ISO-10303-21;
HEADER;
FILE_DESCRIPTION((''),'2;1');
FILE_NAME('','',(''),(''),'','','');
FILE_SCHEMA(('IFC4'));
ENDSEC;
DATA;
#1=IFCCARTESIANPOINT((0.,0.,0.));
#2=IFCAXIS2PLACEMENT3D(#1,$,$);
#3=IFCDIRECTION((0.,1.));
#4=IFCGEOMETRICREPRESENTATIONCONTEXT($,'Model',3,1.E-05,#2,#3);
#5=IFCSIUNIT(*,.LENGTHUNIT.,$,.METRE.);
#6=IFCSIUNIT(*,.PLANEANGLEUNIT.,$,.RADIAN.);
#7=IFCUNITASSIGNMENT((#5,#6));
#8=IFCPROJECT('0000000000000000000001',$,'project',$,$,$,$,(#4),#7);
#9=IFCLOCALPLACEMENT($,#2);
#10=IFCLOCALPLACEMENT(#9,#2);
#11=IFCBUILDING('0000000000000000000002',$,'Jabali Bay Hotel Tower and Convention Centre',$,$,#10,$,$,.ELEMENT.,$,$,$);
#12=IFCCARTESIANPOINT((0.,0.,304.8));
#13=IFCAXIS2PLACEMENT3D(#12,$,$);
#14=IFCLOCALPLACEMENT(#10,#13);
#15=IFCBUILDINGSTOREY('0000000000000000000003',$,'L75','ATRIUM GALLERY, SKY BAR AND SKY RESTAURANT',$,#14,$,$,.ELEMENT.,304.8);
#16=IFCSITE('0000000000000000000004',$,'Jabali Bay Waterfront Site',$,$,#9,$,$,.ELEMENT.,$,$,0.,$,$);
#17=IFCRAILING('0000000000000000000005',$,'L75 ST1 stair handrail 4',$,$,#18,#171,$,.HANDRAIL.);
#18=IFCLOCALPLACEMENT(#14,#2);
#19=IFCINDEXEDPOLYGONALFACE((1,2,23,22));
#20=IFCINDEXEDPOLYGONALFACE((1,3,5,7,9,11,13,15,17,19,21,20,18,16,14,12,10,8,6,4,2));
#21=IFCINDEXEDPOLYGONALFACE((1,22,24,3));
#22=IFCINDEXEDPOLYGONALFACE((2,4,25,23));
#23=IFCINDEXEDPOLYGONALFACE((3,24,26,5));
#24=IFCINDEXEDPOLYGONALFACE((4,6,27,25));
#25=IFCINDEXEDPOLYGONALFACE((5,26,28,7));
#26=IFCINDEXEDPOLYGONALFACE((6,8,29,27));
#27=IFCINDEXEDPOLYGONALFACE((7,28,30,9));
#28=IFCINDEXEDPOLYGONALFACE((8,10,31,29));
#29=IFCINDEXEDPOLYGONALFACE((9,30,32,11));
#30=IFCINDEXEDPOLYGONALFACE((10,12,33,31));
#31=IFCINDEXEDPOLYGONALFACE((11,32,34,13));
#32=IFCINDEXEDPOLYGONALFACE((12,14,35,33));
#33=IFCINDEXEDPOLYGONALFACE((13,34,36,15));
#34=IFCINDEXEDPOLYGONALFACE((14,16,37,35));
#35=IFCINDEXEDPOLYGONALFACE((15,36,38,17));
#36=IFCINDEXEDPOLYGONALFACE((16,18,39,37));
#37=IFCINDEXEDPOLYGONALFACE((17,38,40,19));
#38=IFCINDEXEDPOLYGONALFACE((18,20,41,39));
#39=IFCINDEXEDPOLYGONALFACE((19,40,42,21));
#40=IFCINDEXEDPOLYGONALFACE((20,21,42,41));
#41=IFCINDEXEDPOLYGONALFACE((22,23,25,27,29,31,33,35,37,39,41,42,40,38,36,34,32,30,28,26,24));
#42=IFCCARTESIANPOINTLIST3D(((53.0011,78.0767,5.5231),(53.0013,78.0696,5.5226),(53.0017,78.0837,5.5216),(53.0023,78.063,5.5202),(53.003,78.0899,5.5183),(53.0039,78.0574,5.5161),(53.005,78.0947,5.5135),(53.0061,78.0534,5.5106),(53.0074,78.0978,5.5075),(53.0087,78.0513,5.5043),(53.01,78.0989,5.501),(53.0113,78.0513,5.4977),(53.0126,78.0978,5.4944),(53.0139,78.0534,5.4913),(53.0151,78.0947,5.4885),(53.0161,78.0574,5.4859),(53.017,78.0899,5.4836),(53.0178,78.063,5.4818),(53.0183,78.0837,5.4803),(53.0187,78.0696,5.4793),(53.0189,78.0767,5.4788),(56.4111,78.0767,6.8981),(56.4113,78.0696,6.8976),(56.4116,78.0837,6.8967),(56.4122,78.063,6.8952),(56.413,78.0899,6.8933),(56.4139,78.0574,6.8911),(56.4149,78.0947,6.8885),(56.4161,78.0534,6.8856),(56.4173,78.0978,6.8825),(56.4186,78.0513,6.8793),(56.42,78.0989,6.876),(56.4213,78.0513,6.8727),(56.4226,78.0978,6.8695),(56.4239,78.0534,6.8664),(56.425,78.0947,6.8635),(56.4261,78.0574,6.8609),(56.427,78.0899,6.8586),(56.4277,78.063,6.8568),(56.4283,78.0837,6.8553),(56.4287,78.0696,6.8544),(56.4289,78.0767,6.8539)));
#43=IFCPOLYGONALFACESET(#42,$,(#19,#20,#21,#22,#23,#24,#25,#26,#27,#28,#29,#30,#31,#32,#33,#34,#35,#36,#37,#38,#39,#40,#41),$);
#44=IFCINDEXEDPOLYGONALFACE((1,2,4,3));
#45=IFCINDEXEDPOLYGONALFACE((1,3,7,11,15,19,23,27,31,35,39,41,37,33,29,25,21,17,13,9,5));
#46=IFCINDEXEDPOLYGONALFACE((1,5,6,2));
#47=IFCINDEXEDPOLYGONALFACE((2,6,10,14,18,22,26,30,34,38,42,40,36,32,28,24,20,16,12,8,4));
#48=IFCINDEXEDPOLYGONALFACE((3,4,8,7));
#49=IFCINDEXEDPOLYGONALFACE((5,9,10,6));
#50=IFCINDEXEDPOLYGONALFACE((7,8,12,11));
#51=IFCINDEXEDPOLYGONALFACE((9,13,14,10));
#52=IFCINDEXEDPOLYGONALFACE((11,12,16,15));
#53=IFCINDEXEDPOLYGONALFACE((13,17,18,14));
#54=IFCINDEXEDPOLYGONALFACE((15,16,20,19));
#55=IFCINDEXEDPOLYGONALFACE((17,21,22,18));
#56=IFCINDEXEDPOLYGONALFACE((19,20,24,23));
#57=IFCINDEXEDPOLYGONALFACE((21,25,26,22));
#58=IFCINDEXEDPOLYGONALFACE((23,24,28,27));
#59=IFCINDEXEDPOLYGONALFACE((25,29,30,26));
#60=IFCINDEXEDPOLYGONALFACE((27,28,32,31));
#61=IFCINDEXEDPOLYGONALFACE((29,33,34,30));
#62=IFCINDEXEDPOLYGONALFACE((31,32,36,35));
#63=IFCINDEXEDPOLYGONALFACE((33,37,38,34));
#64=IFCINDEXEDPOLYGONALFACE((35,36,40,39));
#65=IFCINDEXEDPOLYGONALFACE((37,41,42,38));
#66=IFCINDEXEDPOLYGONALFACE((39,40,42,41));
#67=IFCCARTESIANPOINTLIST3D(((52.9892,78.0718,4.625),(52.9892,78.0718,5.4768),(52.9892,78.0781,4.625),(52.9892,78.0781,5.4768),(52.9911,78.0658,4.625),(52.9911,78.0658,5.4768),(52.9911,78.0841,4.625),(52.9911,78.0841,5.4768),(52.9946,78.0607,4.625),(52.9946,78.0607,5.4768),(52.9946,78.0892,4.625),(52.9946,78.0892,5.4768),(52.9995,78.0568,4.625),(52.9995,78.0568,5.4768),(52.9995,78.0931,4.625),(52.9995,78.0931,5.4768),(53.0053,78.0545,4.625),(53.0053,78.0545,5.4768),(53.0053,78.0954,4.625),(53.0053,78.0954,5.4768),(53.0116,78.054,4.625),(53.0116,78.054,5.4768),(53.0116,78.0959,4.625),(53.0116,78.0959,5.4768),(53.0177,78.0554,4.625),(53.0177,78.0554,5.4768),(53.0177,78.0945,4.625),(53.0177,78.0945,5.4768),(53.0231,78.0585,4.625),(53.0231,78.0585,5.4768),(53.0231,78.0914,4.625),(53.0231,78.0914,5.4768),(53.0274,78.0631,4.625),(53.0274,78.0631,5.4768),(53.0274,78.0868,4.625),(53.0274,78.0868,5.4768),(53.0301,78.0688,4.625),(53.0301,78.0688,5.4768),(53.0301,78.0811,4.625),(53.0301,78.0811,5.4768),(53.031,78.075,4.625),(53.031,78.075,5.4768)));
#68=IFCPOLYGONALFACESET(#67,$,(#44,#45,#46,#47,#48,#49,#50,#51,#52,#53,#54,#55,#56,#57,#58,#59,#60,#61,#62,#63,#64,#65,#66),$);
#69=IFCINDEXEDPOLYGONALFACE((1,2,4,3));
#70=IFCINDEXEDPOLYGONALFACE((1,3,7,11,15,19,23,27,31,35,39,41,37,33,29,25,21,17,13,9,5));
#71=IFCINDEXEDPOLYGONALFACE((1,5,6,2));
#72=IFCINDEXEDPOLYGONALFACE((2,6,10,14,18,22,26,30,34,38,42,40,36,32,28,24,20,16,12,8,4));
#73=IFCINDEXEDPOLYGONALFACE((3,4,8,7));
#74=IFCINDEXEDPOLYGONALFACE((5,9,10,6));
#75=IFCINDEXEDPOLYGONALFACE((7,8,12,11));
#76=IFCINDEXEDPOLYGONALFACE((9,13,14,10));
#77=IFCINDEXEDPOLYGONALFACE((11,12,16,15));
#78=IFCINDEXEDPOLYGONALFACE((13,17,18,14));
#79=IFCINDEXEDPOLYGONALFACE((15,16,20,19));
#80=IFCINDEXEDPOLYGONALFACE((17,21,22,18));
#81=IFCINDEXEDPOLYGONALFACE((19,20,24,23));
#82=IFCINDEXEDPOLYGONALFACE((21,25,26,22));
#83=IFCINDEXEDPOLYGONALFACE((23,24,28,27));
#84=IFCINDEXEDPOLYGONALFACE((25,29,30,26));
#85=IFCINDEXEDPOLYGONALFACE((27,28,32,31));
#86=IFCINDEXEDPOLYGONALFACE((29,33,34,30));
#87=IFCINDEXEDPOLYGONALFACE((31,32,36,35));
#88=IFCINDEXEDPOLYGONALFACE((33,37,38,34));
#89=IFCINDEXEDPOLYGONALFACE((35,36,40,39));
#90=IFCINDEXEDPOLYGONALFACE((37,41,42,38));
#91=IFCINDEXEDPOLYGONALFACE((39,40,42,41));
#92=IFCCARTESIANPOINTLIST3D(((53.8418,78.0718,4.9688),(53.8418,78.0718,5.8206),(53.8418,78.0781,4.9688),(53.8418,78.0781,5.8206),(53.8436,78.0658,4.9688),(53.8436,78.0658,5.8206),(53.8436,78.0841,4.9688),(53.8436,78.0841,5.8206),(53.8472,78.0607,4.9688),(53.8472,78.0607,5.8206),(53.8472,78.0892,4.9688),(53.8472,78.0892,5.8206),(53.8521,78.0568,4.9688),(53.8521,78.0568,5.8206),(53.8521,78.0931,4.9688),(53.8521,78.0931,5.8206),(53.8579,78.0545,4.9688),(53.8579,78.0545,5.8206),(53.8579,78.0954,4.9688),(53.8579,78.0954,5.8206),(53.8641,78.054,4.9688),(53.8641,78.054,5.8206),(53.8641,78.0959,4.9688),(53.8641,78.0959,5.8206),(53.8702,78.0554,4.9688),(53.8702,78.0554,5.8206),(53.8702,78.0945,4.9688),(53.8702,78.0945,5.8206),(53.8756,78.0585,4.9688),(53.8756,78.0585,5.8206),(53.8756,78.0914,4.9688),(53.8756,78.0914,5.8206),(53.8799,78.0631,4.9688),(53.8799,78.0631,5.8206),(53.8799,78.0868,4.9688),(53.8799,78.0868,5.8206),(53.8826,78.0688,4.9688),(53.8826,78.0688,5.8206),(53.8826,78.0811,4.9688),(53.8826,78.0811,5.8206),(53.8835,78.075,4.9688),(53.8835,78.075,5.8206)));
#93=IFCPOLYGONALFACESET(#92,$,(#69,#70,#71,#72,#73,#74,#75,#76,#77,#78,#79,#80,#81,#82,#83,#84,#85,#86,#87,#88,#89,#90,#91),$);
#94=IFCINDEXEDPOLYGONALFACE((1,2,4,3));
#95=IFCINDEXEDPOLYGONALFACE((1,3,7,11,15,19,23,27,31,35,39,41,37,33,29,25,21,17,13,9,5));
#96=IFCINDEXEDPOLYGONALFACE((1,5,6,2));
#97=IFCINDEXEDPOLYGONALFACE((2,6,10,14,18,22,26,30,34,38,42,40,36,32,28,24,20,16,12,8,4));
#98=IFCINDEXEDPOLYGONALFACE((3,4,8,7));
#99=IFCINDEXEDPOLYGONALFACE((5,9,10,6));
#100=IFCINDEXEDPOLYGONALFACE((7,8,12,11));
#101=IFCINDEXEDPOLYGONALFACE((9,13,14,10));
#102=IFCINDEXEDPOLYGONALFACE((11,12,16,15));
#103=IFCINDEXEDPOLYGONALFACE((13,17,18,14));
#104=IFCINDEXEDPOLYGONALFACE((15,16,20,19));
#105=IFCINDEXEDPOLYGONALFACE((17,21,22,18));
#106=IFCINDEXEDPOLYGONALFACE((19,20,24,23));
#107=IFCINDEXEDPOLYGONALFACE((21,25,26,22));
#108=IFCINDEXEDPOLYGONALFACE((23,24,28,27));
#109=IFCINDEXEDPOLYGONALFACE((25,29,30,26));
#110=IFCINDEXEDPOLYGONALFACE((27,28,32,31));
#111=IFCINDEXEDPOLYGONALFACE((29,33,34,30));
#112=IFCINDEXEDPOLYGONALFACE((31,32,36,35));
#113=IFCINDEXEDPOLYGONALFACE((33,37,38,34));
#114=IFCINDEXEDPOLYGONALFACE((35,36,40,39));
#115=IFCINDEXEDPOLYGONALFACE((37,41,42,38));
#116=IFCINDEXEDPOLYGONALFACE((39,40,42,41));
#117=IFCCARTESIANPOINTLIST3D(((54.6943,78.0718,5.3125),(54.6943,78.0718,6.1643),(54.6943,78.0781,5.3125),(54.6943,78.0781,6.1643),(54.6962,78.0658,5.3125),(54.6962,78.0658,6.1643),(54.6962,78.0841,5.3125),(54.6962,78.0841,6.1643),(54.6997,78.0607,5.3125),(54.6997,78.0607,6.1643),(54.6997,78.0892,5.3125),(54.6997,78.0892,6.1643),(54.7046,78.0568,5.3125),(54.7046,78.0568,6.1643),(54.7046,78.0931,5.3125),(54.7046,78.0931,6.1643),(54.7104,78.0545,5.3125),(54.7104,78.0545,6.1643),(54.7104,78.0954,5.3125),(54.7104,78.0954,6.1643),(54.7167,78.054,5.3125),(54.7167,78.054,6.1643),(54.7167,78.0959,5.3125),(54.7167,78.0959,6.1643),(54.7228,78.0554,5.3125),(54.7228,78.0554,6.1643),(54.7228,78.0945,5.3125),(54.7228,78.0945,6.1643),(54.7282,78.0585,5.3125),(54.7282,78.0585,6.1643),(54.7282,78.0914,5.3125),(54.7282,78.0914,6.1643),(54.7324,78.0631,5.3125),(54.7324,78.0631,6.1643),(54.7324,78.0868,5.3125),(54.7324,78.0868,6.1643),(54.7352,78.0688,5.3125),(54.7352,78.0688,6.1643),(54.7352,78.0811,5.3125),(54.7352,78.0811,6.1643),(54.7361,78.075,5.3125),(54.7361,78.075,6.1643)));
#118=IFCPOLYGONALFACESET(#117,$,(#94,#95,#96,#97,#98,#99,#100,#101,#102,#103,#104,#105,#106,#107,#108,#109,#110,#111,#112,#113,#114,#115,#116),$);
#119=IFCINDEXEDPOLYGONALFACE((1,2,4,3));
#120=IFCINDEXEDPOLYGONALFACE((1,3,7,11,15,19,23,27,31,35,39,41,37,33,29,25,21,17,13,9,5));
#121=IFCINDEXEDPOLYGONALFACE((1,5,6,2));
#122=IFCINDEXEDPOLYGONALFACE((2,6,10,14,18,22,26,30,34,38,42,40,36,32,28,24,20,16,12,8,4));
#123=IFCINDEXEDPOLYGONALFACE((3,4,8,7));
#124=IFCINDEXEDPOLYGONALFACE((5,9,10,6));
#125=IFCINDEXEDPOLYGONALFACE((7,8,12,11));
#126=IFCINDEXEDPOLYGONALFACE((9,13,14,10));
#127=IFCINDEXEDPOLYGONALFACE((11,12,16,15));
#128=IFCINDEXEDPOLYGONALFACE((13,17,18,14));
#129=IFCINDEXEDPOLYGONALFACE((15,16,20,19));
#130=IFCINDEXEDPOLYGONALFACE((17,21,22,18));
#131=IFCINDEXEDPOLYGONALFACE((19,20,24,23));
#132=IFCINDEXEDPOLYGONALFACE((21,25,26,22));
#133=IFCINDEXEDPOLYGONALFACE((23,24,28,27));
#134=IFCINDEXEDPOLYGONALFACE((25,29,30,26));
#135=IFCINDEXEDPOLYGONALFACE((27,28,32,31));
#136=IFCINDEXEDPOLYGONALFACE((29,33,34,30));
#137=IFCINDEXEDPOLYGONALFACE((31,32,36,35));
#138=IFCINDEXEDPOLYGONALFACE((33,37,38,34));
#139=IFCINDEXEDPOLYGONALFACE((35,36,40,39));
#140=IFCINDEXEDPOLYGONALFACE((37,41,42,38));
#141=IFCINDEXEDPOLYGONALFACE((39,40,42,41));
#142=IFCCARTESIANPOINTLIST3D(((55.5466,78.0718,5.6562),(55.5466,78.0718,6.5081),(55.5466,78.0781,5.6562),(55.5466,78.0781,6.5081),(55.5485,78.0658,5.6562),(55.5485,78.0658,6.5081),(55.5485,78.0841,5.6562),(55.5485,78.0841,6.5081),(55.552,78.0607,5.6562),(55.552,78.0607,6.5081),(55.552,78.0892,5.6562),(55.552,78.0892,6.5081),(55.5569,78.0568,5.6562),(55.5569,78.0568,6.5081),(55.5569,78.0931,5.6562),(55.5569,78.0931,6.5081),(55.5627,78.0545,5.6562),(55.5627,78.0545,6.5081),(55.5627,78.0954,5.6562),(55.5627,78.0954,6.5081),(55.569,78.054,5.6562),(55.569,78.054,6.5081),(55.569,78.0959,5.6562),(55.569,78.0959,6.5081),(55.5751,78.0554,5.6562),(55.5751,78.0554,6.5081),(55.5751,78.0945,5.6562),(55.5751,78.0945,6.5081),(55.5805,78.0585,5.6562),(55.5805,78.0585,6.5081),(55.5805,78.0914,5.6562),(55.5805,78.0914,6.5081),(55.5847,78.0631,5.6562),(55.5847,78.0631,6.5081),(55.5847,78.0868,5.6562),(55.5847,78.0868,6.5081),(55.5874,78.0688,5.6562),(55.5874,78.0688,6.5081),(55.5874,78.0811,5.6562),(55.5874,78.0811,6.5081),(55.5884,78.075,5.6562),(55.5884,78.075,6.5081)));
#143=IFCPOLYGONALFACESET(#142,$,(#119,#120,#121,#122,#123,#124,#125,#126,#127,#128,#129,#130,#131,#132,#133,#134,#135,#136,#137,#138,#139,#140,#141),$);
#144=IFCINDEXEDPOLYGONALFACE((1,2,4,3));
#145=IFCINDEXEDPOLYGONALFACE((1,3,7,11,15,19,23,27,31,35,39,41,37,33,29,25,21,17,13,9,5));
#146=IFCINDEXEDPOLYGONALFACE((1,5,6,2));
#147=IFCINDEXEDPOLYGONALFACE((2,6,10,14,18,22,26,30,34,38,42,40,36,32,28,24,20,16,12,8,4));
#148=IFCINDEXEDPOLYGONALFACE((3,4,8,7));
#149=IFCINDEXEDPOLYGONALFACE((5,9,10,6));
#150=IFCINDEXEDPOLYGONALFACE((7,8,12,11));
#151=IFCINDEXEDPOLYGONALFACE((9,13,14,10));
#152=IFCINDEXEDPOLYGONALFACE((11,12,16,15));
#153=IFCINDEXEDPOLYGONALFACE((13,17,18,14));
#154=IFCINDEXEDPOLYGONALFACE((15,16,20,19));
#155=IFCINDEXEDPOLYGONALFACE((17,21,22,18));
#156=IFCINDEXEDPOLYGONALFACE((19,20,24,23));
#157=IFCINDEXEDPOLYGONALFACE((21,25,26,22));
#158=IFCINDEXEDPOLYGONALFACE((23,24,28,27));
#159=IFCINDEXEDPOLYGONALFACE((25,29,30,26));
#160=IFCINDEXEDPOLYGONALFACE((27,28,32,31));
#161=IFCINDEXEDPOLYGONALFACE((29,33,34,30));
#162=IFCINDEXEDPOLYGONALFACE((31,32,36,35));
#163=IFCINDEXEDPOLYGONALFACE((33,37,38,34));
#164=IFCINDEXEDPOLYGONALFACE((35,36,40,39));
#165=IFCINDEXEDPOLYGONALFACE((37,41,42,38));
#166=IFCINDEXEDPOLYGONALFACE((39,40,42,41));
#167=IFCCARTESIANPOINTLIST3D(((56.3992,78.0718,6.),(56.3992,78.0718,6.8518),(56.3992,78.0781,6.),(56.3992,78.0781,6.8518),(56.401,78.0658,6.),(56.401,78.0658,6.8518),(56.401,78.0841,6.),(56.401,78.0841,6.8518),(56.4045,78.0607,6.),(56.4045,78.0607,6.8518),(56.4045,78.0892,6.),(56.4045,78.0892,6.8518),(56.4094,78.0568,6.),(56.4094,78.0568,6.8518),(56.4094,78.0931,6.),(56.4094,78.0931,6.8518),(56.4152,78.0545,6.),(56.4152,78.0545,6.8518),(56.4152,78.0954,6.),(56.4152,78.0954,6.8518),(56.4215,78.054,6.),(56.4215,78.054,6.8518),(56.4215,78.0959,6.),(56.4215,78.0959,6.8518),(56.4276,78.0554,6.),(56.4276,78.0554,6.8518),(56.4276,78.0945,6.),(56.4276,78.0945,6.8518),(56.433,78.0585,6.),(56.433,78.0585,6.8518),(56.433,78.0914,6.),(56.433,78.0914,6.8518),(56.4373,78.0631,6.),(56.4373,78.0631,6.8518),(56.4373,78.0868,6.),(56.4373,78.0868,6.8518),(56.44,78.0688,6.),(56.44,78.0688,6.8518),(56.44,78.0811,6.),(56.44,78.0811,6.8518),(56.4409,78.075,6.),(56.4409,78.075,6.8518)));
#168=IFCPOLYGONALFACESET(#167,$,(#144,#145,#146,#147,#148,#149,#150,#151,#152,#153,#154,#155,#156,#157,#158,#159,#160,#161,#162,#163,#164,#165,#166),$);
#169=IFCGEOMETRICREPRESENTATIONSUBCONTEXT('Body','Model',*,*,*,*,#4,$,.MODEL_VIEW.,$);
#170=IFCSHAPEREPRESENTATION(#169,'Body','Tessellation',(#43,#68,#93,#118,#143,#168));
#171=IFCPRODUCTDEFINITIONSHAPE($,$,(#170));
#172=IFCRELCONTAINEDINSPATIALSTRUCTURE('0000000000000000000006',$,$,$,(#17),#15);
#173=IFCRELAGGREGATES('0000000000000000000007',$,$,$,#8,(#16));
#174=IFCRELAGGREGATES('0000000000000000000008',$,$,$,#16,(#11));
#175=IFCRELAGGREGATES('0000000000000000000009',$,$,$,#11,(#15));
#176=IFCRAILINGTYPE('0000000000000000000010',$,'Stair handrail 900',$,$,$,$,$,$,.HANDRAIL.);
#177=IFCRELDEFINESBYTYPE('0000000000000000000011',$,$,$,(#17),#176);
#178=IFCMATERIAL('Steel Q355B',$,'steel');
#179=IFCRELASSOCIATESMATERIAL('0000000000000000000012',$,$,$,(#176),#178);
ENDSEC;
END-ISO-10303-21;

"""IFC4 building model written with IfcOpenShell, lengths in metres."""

from ifc_helpers import new_model, si_unit, direction, frame, origin, origin_2d, place, context, subcontext, project, spatial, circle, extrude, material, type_object, element, save


model = new_model("IFC4")

# Units and contexts
model_context = context("Model", 3, precision=1e-05, world=origin(), true_north=direction((0.0, 1.0)))
body_context = subcontext(model_context, "Body", "Model", "MODEL_VIEW")
ifc_project = project(units=[si_unit("LENGTHUNIT", "METRE"), si_unit("PLANEANGLEUNIT", "RADIAN")], contexts=[model_context])

# Site, building, storey
site_placement = place(None, origin())
site = spatial("IfcSite", under=ifc_project, at=site_placement, Name="Jabali Bay Waterfront Site", CompositionType="ELEMENT", RefElevation=0.0)
building_placement = place(site_placement, origin())
building = spatial("IfcBuilding", under=site, at=building_placement, Name="Jabali Bay Hotel Tower and Convention Centre", CompositionType="ELEMENT")
storey_placement = place(building_placement, frame((0.0, 0.0, 304.8)))
storey = spatial("IfcBuildingStorey", under=building, at=storey_placement, Name="L75", Description="ATRIUM GALLERY, SKY BAR AND SKY RESTAURANT", CompositionType="ELEMENT", Elevation=304.8)

# Railing
ifc_material_1 = material(Name="Steel Q355B", Category="steel")
railing_type = type_object("IfcRailingType", Name="Stair handrail 900", PredefinedType="HANDRAIL", material=ifc_material_1)
for number, where, name in (
    (1, (53.01, 78.075, 4.625), "L75 ST1 stair handrail 4"),
):
    element("IfcRailing", number, at=place(storey_placement, frame(where)), inside=storey, type_object=railing_type, Name=name, PredefinedType="HANDRAIL", context=body_context, shape_type="SweptSolid", body=[
        extrude(circle(Radius=0.0239, at=origin_2d()), frame((0.0, 0.0, 0.876), z_axis=(0.927438, 0.0, 0.373977), x_axis=(0.0, 1.0, 0.0)), (0.0, 0.0, 1.0), 3.6768),
        extrude(circle(Radius=0.021, at=origin_2d()), origin(), (0.0, 0.0, 1.0), 0.8518),
        extrude(circle(Radius=0.021, at=origin_2d()), frame((0.8525, 0.0, 0.3438)), (0.0, 0.0, 1.0), 0.8518),
        extrude(circle(Radius=0.021, at=origin_2d()), frame((1.7051, 0.0, 0.6875)), (0.0, 0.0, 1.0), 0.8518),
        extrude(circle(Radius=0.021, at=origin_2d()), frame((2.5574, 0.0, 1.0312)), (0.0, 0.0, 1.0), 0.8518),
        extrude(circle(Radius=0.021, at=origin_2d()), frame((3.4099, 0.0, 1.375)), (0.0, 0.0, 1.0), 0.8518),
    ])

save(model, "model.ifc")
